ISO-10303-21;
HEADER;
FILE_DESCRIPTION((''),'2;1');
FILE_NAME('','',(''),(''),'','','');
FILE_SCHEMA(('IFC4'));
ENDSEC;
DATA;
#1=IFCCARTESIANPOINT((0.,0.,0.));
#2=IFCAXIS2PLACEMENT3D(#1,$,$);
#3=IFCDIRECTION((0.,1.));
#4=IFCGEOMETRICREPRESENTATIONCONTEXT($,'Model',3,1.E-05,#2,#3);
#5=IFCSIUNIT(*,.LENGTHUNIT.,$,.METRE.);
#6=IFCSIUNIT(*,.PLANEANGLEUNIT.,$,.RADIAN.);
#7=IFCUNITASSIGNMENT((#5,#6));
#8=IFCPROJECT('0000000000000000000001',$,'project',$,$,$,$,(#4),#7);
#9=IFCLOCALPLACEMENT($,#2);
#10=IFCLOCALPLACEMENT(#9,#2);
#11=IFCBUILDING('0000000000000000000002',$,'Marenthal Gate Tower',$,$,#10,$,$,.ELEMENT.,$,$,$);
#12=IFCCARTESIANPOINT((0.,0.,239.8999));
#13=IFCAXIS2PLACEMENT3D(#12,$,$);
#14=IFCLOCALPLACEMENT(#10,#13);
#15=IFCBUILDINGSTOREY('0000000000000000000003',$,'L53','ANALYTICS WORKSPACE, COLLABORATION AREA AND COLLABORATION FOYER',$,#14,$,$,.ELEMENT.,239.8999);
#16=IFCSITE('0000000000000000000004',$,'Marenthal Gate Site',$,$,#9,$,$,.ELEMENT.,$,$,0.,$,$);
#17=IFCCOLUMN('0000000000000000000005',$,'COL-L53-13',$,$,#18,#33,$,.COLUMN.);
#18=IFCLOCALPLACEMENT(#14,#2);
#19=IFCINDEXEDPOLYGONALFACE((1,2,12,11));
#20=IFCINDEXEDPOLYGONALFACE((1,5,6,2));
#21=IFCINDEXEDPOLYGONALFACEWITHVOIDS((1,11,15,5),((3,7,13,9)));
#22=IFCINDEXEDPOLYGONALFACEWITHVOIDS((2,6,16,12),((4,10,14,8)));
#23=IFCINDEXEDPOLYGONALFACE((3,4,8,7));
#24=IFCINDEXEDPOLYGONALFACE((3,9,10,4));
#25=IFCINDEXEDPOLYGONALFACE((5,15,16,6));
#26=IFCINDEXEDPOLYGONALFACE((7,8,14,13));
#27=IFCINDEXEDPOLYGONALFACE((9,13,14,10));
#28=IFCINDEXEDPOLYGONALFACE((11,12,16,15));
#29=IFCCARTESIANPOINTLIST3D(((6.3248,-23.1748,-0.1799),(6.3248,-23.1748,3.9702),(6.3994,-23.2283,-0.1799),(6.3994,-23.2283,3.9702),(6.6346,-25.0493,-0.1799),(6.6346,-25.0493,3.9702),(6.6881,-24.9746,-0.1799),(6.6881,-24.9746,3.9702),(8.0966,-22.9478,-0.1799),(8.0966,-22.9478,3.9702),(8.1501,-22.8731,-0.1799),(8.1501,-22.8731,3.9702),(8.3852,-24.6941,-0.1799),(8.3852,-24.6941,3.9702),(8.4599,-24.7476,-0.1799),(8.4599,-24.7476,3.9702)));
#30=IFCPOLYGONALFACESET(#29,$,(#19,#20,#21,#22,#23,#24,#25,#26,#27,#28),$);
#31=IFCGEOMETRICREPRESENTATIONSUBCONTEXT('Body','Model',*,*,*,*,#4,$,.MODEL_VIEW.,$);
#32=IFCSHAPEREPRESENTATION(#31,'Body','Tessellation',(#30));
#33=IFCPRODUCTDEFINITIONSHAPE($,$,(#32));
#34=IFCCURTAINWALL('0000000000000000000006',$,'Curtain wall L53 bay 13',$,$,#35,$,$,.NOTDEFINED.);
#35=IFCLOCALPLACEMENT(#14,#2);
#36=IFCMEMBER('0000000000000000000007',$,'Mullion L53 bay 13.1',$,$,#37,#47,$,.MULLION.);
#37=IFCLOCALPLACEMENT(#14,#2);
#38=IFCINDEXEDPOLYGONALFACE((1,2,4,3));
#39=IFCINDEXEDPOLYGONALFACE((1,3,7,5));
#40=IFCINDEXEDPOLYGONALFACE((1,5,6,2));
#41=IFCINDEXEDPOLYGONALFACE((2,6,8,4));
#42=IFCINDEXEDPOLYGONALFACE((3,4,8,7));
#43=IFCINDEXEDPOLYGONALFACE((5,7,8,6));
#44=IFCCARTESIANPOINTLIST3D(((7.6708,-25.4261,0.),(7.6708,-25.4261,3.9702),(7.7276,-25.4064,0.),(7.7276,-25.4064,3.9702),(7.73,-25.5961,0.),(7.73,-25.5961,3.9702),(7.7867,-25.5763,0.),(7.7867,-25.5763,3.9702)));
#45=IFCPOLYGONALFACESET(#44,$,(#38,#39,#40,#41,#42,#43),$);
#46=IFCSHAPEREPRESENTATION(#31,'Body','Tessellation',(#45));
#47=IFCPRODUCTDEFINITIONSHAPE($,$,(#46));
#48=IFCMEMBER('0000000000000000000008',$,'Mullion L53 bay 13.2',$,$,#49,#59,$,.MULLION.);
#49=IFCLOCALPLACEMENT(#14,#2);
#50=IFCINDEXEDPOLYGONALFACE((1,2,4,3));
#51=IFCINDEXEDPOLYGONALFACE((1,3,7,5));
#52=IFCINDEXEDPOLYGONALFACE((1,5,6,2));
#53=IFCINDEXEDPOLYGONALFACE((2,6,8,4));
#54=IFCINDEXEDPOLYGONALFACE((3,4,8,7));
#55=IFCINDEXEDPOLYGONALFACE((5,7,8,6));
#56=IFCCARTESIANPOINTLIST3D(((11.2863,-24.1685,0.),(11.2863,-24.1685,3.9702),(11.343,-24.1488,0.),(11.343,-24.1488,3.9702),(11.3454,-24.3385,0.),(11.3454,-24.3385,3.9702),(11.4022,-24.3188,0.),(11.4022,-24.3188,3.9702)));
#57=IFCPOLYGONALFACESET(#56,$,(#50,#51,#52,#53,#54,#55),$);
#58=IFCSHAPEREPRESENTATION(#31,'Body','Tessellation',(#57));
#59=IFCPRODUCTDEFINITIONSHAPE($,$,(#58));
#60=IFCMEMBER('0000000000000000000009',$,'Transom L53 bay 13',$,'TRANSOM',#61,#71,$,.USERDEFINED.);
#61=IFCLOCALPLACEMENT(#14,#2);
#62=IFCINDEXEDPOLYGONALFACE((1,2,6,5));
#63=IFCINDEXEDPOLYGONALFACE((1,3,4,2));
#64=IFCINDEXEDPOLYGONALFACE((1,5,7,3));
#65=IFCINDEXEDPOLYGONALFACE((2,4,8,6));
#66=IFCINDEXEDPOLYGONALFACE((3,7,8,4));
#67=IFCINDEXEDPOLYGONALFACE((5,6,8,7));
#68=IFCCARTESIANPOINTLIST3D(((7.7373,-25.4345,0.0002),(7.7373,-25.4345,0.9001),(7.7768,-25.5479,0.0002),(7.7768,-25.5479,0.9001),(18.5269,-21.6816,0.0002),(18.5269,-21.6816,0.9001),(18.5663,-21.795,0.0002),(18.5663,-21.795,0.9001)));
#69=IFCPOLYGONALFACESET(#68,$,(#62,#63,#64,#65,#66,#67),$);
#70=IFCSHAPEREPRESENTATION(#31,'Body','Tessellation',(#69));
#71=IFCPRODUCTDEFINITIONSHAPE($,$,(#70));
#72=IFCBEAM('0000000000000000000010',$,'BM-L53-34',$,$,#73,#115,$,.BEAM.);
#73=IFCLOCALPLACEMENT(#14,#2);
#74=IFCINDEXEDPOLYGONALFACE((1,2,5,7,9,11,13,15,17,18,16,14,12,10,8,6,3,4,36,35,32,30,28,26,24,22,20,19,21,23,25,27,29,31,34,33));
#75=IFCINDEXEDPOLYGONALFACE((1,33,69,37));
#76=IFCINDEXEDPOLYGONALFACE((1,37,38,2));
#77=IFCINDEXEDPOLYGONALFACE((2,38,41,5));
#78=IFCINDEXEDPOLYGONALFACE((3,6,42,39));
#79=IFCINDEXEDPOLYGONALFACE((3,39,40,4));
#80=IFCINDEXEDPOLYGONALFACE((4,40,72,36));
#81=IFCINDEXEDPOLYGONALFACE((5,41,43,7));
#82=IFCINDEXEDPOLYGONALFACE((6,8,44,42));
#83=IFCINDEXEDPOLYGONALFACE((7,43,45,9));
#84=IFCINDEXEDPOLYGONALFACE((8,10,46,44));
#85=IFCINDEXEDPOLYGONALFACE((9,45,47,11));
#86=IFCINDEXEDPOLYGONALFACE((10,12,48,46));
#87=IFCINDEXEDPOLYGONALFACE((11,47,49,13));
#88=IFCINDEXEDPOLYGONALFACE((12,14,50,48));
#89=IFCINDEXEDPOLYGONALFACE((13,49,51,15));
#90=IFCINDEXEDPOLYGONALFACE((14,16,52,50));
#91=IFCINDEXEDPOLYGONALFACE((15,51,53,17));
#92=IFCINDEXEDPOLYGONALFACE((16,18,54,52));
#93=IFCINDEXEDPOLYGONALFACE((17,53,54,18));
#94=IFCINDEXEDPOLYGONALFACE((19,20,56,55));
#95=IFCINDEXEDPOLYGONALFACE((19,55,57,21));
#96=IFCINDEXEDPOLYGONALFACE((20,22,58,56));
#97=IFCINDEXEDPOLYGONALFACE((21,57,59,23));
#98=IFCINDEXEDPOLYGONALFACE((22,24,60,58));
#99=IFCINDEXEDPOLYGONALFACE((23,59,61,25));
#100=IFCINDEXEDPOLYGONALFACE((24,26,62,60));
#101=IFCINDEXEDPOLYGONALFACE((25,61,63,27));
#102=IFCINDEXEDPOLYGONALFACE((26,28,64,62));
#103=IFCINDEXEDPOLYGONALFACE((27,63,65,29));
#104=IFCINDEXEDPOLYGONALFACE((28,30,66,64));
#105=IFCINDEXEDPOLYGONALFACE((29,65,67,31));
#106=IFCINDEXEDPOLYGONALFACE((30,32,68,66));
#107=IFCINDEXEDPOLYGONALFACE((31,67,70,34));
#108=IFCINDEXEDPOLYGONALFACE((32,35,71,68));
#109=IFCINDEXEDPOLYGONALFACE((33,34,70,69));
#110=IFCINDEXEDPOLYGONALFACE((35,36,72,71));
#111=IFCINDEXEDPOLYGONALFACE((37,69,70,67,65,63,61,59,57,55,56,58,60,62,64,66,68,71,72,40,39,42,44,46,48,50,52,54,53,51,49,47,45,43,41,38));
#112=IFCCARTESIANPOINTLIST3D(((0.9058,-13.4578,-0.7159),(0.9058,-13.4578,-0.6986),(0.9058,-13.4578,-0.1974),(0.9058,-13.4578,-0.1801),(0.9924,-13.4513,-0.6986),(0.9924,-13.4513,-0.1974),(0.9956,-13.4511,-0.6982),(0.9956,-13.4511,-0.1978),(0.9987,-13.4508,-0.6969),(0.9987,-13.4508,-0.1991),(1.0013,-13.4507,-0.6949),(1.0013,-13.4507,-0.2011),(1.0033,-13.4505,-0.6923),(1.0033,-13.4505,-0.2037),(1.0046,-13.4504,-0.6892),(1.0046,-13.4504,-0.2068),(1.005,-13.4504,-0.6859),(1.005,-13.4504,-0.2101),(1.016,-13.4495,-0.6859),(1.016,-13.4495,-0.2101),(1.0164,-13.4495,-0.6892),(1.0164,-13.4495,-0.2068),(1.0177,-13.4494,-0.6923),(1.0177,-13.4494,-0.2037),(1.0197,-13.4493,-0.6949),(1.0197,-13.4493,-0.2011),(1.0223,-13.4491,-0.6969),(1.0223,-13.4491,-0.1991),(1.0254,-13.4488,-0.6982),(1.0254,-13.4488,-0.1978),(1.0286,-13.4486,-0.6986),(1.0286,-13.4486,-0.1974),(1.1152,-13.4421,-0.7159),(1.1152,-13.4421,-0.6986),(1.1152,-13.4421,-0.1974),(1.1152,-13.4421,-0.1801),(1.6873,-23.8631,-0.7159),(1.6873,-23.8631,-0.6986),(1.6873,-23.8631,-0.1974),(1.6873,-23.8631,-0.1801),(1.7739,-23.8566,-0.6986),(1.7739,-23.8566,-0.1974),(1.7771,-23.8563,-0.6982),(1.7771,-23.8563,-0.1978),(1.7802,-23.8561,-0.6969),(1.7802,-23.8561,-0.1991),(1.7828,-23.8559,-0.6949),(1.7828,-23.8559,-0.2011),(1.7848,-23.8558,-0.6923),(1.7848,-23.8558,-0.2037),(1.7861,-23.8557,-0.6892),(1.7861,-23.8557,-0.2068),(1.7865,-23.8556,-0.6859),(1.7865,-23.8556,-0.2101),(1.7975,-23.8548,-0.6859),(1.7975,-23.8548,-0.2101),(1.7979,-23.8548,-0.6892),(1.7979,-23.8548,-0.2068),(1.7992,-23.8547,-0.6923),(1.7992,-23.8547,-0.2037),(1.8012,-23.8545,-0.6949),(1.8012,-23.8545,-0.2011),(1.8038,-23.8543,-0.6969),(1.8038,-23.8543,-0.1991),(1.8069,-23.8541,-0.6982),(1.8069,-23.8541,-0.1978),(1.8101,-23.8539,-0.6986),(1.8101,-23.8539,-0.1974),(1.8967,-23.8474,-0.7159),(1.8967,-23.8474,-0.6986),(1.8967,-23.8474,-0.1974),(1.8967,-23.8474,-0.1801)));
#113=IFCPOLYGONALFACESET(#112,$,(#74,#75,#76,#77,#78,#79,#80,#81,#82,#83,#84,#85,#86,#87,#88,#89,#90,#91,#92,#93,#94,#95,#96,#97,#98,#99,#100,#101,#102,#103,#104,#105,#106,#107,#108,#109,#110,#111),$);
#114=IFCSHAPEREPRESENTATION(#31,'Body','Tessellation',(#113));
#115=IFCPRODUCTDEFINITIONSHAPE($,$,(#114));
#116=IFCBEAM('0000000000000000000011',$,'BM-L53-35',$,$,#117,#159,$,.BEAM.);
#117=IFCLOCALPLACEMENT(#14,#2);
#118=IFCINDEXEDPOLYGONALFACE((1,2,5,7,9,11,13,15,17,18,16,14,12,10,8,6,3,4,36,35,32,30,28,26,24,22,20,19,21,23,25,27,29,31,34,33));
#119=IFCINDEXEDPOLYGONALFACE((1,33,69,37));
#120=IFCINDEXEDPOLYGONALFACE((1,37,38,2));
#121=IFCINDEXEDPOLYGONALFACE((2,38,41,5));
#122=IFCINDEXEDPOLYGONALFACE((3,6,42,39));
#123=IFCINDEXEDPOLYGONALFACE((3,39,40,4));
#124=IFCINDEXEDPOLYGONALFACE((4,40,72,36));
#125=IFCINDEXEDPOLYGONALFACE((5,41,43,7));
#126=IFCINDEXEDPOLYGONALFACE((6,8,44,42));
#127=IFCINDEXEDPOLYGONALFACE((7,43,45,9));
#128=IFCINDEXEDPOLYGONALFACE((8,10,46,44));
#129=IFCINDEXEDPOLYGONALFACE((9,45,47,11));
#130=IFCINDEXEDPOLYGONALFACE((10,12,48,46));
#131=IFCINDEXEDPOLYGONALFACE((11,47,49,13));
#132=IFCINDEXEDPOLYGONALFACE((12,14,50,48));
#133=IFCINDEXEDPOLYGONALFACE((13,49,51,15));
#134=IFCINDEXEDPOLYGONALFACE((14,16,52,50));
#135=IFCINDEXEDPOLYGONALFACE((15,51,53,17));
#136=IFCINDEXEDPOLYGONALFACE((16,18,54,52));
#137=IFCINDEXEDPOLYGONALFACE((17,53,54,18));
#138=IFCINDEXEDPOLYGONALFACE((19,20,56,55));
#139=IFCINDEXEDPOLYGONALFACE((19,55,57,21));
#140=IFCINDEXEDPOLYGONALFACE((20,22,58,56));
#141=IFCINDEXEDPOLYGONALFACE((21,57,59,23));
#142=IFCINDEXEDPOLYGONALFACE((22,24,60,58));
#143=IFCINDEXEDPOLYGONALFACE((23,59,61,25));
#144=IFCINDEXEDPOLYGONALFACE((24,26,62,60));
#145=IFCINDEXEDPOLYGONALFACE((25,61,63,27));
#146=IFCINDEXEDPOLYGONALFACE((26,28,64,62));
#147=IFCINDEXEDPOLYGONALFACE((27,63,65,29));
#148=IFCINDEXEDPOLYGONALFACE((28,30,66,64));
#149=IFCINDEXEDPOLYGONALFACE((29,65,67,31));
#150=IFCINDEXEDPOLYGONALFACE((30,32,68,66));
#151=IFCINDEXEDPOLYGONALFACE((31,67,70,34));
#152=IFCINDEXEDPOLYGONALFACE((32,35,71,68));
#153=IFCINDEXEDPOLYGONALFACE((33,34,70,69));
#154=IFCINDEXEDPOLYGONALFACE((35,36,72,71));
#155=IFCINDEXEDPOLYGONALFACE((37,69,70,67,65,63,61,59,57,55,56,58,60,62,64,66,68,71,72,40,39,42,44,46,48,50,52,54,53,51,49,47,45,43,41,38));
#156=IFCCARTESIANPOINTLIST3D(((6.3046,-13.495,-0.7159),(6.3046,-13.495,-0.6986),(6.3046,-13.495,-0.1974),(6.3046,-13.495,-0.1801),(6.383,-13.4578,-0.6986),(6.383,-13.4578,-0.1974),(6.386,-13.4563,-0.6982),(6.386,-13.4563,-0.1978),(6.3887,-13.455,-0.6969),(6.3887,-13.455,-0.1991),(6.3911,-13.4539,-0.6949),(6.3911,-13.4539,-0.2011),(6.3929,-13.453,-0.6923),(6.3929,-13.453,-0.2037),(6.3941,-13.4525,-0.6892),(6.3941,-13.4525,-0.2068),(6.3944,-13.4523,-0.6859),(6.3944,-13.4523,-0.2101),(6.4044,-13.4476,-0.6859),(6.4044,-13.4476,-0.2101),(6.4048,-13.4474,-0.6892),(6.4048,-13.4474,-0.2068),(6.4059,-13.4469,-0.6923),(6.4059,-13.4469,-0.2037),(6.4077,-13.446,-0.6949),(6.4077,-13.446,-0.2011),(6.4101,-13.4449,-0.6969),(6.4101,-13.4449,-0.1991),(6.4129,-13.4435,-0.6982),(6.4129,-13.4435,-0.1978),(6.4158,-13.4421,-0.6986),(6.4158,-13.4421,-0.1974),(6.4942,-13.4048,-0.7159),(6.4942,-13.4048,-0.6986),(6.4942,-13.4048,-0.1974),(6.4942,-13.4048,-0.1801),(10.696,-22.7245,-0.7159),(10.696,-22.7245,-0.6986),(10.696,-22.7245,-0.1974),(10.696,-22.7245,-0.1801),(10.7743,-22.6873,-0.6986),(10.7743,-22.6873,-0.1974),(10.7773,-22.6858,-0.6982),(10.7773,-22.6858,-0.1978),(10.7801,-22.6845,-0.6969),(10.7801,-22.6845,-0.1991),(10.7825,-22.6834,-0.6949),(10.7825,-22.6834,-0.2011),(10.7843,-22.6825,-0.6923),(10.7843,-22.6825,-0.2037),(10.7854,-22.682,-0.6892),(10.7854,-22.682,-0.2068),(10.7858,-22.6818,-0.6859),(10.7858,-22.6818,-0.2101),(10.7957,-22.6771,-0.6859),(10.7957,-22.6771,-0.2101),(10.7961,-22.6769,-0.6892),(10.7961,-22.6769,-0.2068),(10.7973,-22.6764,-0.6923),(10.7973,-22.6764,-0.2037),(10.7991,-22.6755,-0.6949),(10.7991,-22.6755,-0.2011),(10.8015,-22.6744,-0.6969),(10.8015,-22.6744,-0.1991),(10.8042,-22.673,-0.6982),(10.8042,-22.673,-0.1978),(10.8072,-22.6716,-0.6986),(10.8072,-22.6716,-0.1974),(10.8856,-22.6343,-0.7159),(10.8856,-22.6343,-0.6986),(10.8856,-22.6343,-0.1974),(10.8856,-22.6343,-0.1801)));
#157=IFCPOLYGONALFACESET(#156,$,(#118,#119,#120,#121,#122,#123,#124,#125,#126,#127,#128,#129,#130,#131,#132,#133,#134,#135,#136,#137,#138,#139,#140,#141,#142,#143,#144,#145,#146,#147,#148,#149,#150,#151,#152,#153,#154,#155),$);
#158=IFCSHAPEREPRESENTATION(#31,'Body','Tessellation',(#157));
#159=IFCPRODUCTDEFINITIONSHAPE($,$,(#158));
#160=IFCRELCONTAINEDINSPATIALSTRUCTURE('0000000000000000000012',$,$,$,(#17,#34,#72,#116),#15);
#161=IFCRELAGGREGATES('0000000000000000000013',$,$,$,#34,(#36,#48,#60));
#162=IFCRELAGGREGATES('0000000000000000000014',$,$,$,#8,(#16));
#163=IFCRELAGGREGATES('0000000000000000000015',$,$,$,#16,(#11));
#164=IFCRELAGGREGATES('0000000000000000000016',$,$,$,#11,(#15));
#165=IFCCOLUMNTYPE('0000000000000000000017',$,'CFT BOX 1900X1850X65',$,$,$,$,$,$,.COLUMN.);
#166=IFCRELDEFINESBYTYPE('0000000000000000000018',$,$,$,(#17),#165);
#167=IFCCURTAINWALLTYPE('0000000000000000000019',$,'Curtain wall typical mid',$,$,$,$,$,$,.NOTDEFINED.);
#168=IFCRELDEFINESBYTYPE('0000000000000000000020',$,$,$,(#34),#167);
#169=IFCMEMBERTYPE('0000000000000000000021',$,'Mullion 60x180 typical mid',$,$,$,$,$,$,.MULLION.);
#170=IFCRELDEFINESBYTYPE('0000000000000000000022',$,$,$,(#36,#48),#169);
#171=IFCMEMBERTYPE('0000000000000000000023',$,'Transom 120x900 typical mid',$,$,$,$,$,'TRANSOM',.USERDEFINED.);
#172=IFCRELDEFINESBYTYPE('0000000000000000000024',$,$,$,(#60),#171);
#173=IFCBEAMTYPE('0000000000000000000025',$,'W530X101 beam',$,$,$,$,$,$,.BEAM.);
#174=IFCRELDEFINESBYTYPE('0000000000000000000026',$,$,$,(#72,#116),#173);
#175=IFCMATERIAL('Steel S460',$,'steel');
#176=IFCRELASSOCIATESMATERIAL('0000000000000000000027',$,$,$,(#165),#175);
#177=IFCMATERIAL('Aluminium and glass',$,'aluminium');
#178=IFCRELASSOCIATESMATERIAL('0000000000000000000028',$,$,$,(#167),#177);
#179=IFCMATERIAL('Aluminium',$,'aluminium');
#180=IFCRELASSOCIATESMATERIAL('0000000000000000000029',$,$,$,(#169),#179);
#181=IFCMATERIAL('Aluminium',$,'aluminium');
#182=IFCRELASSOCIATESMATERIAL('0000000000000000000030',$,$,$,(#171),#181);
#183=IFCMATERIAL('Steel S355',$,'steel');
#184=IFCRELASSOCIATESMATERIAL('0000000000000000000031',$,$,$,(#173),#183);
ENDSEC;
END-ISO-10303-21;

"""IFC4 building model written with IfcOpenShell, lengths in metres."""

from ifc_helpers import new_model, si_unit, direction, frame, origin, origin_2d, place, context, subcontext, project, spatial, rectangle, hollow_rectangle, i_section, extrude, material, material_profile, profile_set, type_object, element, aggregate, save


model = new_model("IFC4")

# Units and contexts
model_context = context("Model", 3, precision=1e-05, world=origin(), true_north=direction((0.0, 1.0)))
body_context = subcontext(model_context, "Body", "Model", "MODEL_VIEW")
ifc_project = project(units=[si_unit("LENGTHUNIT", "METRE"), si_unit("PLANEANGLEUNIT", "RADIAN")], contexts=[model_context])

# Site, building, storey
site_placement = place(None, origin())
site = spatial("IfcSite", under=ifc_project, at=site_placement, Name="Marenthal Gate Site", CompositionType="ELEMENT", RefElevation=0.0)
building_placement = place(site_placement, origin())
building = spatial("IfcBuilding", under=site, at=building_placement, Name="Marenthal Gate Tower", CompositionType="ELEMENT")
storey_placement = place(building_placement, frame((0.0, 0.0, 239.8999)))
storey = spatial("IfcBuildingStorey", under=building, at=storey_placement, Name="L53", Description="ANALYTICS WORKSPACE, COLLABORATION AREA AND COLLABORATION FOYER", CompositionType="ELEMENT", Elevation=239.8999)

# Column
ifc_material_1 = material(Name="Steel S460", Category="steel")
ifc_material_profile_1 = material_profile(ifc_material_1, hollow_rectangle(XDim=1.8501, YDim=1.8999, WallThickness=0.0649, at=origin_2d()), Name="CFT BOX 1900X1850X65")
ifc_material_2 = material(Name="Concrete 70 MPa", Category="concrete")
ifc_material_profile_2 = material_profile(ifc_material_2, rectangle(XDim=1.72, YDim=1.77, at=origin_2d()), Name="CFT BOX 1900X1850X65 INFILL")
ifc_profile_set_1 = profile_set([ifc_material_profile_1, ifc_material_profile_2], Name="Steel S460 shell, Concrete 70 MPa infill")
column_type = type_object("IfcColumnType", Name="CFT BOX 1900X1850X65", PredefinedType="COLUMN", material=ifc_profile_set_1)
column_placement = place(storey_placement, frame((7.3923, -23.9612, -0.1799), z_axis=(0.0, 0.0, 1.0), x_axis=(-0.986614, -0.163073, 0.0)))
element("IfcColumn", 1, at=column_placement, inside=storey, type_object=column_type, Name="COL-L53-13", PredefinedType="COLUMN", context=body_context, shape_type="SweptSolid", body=[
    extrude(hollow_rectangle(XDim=1.8501, YDim=1.8999, WallThickness=0.0649, at=origin_2d()), origin(), (0.0, 0.0, 1.0), 4.1501),
])

# Curtain wall, members
ifc_material_3 = material(Name="Aluminium and glass", Category="aluminium")
curtain_wall_type = type_object("IfcCurtainWallType", Name="Curtain wall typical mid", PredefinedType="NOTDEFINED", material=ifc_material_3)
curtain_wall_placement = place(storey_placement, origin())
curtain_wall = element("IfcCurtainWall", 2, at=curtain_wall_placement, inside=storey, type_object=curtain_wall_type, Name="Curtain wall L53 bay 13", PredefinedType="NOTDEFINED")
ifc_material_4 = material(Name="Aluminium", Category="aluminium")
ifc_material_profile_3 = material_profile(ifc_material_4, rectangle(XDim=0.1799, YDim=0.0601, at=origin_2d()), Name="60x180 aluminium mullion")
ifc_profile_set_2 = profile_set([ifc_material_profile_3], Name="Aluminium")
member_type_1 = type_object("IfcMemberType", Name="Mullion 60x180 typical mid", PredefinedType="MULLION", material=ifc_profile_set_2)
member_1_placement = place(storey_placement, frame((7.7288, -25.5012, 0.0), z_axis=(0.0, 0.0, 1.0), x_axis=(-0.32854, 0.94449, 0.0)))
member_1 = element("IfcMember", 3, at=member_1_placement, type_object=member_type_1, Name="Mullion L53 bay 13.1", PredefinedType="MULLION", context=body_context, shape_type="SweptSolid", body=[
    extrude(rectangle(XDim=0.1799, YDim=0.0601, at=origin_2d()), origin(), (0.0, 0.0, 1.0), 3.9702),
])
member_2_placement = place(storey_placement, frame((11.3442, -24.2437, 0.0), z_axis=(0.0, 0.0, 1.0), x_axis=(-0.32854, 0.94449, 0.0)))
member_2 = element("IfcMember", 4, at=member_2_placement, type_object=member_type_1, Name="Mullion L53 bay 13.2", PredefinedType="MULLION", context=body_context, shape_type="SweptSolid", body=[
    extrude(rectangle(XDim=0.1799, YDim=0.0601, at=origin_2d()), origin(), (0.0, 0.0, 1.0), 3.9702),
])
ifc_material_5 = material(Name="Aluminium", Category="aluminium")
ifc_material_profile_4 = material_profile(ifc_material_5, rectangle(XDim=0.1201, YDim=0.8999, at=origin_2d()), Name="120x900 aluminium transom")
ifc_profile_set_3 = profile_set([ifc_material_profile_4], Name="Aluminium")
member_type_2 = type_object("IfcMemberType", Name="Transom 120x900 typical mid", ElementType="TRANSOM", PredefinedType="USERDEFINED", material=ifc_profile_set_3)
member_3_placement = place(storey_placement, frame((7.7571, -25.4912, 0.4502), z_axis=(0.944496, 0.328524, 0.0), x_axis=(-0.328524, 0.944496, 0.0)))
member_3 = element("IfcMember", 5, at=member_3_placement, type_object=member_type_2, Name="Transom L53 bay 13", ObjectType="TRANSOM", PredefinedType="USERDEFINED", context=body_context, shape_type="SweptSolid", body=[
    extrude(rectangle(XDim=0.1201, YDim=0.8999, at=origin_2d()), origin(), (0.0, 0.0, 1.0), 11.4236),
])

# Beams
ifc_material_6 = material(Name="Steel S355", Category="steel")
ifc_material_profile_5 = material_profile(ifc_material_6, i_section(OverallWidth=0.21, OverallDepth=0.5359, WebThickness=0.011, FlangeThickness=0.0173, FilletRadius=0.0127, at=origin_2d()), Name="W530X101")
ifc_profile_set_4 = profile_set([ifc_material_profile_5], Name="Steel S355")
beam_type_1 = type_object("IfcBeamType", Name="W530X101 beam", PredefinedType="BEAM", material=ifc_profile_set_4)
beam_1_placement = place(storey_placement, frame((1.792, -23.8552, -0.448), z_axis=(-0.074895, 0.997191, 0.0), x_axis=(-0.997191, -0.074895, 0.0)))
element("IfcBeam", 6, at=beam_1_placement, inside=storey, type_object=beam_type_1, Name="BM-L53-34", PredefinedType="BEAM", context=body_context, shape_type="SweptSolid", body=[
    extrude(i_section(OverallWidth=0.21, OverallDepth=0.5359, WebThickness=0.011, FlangeThickness=0.0173, FilletRadius=0.0127, at=origin_2d()), origin(), (0.0, 0.0, 1.0), 10.4346),
])
beam_2_placement = place(storey_placement, frame((10.7908, -22.6794, -0.448), z_axis=(-0.429643, 0.902999, 0.0), x_axis=(-0.902999, -0.429643, 0.0)))
element("IfcBeam", 7, at=beam_2_placement, inside=storey, type_object=beam_type_1, Name="BM-L53-35", PredefinedType="BEAM", context=body_context, shape_type="SweptSolid", body=[
    extrude(i_section(OverallWidth=0.21, OverallDepth=0.5359, WebThickness=0.011, FlangeThickness=0.0173, FilletRadius=0.0127, at=origin_2d()), origin(), (0.0, 0.0, 1.0), 10.2209),
])

aggregate(curtain_wall, [member_1, member_2, member_3])

save(model, "model.ifc")
